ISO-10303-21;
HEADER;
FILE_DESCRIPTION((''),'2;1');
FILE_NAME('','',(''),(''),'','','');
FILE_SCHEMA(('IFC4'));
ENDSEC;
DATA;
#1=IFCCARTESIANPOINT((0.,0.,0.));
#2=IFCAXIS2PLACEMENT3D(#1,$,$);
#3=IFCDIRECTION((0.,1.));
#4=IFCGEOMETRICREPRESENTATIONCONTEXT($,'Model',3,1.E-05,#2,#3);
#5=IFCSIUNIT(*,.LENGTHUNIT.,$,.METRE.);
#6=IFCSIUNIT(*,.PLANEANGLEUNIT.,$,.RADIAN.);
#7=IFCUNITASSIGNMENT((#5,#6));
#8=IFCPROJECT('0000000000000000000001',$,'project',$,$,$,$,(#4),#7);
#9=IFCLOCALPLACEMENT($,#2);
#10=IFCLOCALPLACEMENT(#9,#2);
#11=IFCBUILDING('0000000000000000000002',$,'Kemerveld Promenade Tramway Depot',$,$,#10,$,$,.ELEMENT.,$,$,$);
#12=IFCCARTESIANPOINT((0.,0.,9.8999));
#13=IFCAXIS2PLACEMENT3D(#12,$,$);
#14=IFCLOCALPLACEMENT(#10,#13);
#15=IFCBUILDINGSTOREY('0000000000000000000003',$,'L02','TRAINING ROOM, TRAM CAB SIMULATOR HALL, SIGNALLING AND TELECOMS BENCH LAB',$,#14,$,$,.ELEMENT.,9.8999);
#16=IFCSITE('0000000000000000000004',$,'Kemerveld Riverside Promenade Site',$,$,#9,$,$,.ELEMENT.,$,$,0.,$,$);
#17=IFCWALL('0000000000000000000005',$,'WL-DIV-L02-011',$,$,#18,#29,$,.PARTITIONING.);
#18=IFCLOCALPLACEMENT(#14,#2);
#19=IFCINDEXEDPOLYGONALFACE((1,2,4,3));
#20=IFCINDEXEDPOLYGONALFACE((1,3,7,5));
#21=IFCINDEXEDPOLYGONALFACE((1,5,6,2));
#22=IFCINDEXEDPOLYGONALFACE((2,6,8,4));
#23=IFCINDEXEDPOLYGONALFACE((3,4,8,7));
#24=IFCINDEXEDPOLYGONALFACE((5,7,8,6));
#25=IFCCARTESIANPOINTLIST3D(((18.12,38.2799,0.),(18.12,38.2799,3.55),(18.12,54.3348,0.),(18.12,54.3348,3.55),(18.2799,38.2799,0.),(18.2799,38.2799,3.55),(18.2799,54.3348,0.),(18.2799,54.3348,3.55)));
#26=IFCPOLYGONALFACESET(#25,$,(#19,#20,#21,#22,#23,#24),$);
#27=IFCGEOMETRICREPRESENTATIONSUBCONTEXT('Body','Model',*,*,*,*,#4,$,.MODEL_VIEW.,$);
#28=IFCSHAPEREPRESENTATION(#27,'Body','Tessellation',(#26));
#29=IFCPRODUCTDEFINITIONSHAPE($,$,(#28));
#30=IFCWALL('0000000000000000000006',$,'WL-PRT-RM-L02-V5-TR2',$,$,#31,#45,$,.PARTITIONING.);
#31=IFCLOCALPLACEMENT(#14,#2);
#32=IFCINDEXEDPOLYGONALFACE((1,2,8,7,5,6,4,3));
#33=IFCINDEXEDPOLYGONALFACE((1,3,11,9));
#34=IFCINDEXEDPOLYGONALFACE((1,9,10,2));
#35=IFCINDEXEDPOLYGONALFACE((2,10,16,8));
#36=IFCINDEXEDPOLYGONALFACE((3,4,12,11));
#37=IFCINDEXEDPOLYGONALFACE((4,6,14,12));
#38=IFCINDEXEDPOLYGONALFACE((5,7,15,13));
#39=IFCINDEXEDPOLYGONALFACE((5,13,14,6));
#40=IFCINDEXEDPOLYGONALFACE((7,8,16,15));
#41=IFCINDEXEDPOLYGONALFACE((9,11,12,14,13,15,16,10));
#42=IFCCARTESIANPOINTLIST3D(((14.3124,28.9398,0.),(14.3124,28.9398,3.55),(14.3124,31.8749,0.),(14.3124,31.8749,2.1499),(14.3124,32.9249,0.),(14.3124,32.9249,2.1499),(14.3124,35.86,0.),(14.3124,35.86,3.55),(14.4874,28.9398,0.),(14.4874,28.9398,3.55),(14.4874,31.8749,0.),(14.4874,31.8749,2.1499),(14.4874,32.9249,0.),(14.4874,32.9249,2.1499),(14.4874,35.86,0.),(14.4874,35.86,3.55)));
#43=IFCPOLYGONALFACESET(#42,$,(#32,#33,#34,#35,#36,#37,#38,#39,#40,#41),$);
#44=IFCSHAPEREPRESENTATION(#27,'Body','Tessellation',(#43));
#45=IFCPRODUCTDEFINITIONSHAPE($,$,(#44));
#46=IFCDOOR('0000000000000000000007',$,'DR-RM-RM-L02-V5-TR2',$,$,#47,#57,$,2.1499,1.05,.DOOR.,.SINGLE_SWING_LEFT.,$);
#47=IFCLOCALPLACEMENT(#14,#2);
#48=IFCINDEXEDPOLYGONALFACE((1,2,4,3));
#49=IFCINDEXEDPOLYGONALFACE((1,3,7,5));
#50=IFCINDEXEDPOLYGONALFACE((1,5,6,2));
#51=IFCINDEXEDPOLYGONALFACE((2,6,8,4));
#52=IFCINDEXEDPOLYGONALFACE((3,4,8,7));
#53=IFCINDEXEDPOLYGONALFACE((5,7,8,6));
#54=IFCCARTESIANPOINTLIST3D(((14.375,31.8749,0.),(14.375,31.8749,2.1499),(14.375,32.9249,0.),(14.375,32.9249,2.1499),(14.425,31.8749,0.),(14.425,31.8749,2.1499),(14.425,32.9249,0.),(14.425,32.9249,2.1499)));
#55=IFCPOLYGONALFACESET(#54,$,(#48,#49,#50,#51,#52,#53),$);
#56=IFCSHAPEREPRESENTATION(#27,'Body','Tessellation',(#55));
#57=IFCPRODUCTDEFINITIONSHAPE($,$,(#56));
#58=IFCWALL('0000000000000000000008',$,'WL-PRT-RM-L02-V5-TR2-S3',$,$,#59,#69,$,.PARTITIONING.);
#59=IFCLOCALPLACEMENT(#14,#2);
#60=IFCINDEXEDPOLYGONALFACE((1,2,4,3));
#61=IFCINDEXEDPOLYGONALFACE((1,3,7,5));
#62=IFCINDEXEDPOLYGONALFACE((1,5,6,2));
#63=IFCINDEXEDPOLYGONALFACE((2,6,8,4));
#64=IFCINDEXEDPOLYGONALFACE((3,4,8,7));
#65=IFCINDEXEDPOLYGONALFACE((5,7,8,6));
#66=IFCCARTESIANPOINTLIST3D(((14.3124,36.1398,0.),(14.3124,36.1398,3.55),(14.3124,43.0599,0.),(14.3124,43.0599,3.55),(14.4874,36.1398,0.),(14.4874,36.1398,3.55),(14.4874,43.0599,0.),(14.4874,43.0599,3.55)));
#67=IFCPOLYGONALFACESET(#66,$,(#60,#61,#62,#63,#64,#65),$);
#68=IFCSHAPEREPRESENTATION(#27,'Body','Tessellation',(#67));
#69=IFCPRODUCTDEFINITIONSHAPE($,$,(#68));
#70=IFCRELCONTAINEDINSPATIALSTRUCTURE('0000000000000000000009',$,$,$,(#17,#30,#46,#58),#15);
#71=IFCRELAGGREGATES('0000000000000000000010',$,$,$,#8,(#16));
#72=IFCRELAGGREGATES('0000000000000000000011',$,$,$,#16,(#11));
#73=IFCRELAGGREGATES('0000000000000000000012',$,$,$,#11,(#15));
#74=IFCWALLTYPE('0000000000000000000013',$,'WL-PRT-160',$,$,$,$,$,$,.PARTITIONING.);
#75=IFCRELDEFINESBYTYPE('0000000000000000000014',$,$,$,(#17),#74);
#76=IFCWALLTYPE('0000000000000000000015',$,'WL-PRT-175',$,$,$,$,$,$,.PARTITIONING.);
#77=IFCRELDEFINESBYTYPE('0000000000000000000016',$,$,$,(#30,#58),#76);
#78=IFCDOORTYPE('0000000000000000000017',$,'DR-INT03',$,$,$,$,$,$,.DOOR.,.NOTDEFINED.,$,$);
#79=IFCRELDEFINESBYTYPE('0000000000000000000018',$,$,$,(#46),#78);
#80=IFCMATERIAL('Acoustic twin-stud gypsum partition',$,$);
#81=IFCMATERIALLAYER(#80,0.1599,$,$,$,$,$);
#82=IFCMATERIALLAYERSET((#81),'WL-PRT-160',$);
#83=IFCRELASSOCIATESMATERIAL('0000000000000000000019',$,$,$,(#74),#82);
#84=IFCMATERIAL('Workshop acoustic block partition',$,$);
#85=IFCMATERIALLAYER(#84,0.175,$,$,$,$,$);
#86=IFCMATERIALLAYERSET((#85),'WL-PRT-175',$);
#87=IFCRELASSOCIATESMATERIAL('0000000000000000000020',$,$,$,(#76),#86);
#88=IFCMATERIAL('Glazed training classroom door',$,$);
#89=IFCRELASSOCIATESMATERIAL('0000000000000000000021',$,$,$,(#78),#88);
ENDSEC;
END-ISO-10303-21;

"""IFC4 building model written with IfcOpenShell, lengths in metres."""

from ifc_helpers import new_model, si_unit, direction, frame, frame_2d, origin, place, context, subcontext, project, spatial, rectangle, extrude, material, layer, layer_set, type_object, element, fill, save


model = new_model("IFC4")

# Units and contexts
model_context = context("Model", 3, precision=1e-05, world=origin(), true_north=direction((0.0, 1.0)))
body_context = subcontext(model_context, "Body", "Model", "MODEL_VIEW")
ifc_project = project(units=[si_unit("LENGTHUNIT", "METRE"), si_unit("PLANEANGLEUNIT", "RADIAN")], contexts=[model_context])

# Site, building, storey
site_placement = place(None, origin())
site = spatial("IfcSite", under=ifc_project, at=site_placement, Name="Kemerveld Riverside Promenade Site", CompositionType="ELEMENT", RefElevation=0.0)
building_placement = place(site_placement, origin())
building = spatial("IfcBuilding", under=site, at=building_placement, Name="Kemerveld Promenade Tramway Depot", CompositionType="ELEMENT")
storey_placement = place(building_placement, frame((0.0, 0.0, 9.8999)))
storey = spatial("IfcBuildingStorey", under=building, at=storey_placement, Name="L02", Description="TRAINING ROOM, TRAM CAB SIMULATOR HALL, SIGNALLING AND TELECOMS BENCH LAB", CompositionType="ELEMENT", Elevation=9.8999)

# Wall
ifc_material_1 = material(Name="Acoustic twin-stud gypsum partition")
ifc_layer_1 = layer(ifc_material_1, 0.1599)
ifc_layer_set_1 = layer_set([ifc_layer_1], Name="WL-PRT-160")
wall_type_1 = type_object("IfcWallType", Name="WL-PRT-160", PredefinedType="PARTITIONING", material=ifc_layer_set_1)
wall_1_placement = place(storey_placement, frame((18.2, 38.28, 0.0), z_axis=(0.0, 0.0, 1.0), x_axis=(0.0, 1.0, 0.0)))
element("IfcWall", 1, at=wall_1_placement, inside=storey, type_object=wall_type_1, Name="WL-DIV-L02-011", PredefinedType="PARTITIONING", context=body_context, shape_type="SweptSolid", body=[
    extrude(rectangle(XDim=16.0549, YDim=0.1599, at=frame_2d((8.0273, 0.0))), origin(), (0.0, 0.0, 1.0), 3.55),
])

# Wall, opening, door
ifc_material_2 = material(Name="Workshop acoustic block partition")
ifc_layer_2 = layer(ifc_material_2, 0.175)
ifc_layer_set_2 = layer_set([ifc_layer_2], Name="WL-PRT-175")
wall_type_2 = type_object("IfcWallType", Name="WL-PRT-175", PredefinedType="PARTITIONING", material=ifc_layer_set_2)
wall_2_placement = place(storey_placement, frame((14.3999, 28.9399, 0.0), z_axis=(0.0, 0.0, 1.0), x_axis=(0.0, 1.0, 0.0)))
wall_2 = element("IfcWall", 2, at=wall_2_placement, inside=storey, type_object=wall_type_2, Name="WL-PRT-RM-L02-V5-TR2", PredefinedType="PARTITIONING", context=body_context, shape_type="SweptSolid", body=[
    extrude(rectangle(XDim=6.9202, YDim=0.175, at=frame_2d((3.46, 0.0))), origin(), (0.0, 0.0, 1.0), 3.55),
])
opening_placement = place(wall_2_placement, frame((2.9351, 0.0, 0.0)))
opening = element("IfcOpeningElement", 3, at=opening_placement, cuts=wall_2, PredefinedType="OPENING", context=body_context, shape_type="SweptSolid", body=[
    extrude(rectangle(XDim=1.05, YDim=2.1499, at=frame_2d((0.5249, 1.075))), frame((0.0, 0.0974, 0.0), z_axis=(0.0, -1.0, 0.0), x_axis=(1.0, 0.0, 0.0)), (0.0, 0.0, 1.0), 0.1951),
])
ifc_material_3 = material(Name="Glazed training classroom door")
door_type = type_object("IfcDoorType", Name="DR-INT03", OperationType="NOTDEFINED", PredefinedType="DOOR", material=ifc_material_3)
door_placement = place(opening_placement, origin())
door = element("IfcDoor", 4, at=door_placement, inside=storey, type_object=door_type, Name="DR-RM-RM-L02-V5-TR2", OperationType="SINGLE_SWING_LEFT", OverallHeight=2.1499, OverallWidth=1.05, PredefinedType="DOOR", context=body_context, shape_type="SweptSolid", body=[
    extrude(rectangle(XDim=1.05, YDim=2.1499, at=frame_2d((0.5249, 1.075))), frame((0.0, 0.0249, 0.0), z_axis=(0.0, -1.0, 0.0), x_axis=(1.0, 0.0, 0.0)), (0.0, 0.0, 1.0), 0.05),
])
fill(opening, door)

# Wall
wall_3_placement = place(storey_placement, frame((14.3999, 36.1399, 0.0), z_axis=(0.0, 0.0, 1.0), x_axis=(0.0, 1.0, 0.0)))
element("IfcWall", 5, at=wall_3_placement, inside=storey, type_object=wall_type_2, Name="WL-PRT-RM-L02-V5-TR2-S3", PredefinedType="PARTITIONING", context=body_context, shape_type="SweptSolid", body=[
    extrude(rectangle(XDim=6.9202, YDim=0.175, at=frame_2d((3.46, 0.0))), origin(), (0.0, 0.0, 1.0), 3.55),
])

save(model, "model.ifc")
